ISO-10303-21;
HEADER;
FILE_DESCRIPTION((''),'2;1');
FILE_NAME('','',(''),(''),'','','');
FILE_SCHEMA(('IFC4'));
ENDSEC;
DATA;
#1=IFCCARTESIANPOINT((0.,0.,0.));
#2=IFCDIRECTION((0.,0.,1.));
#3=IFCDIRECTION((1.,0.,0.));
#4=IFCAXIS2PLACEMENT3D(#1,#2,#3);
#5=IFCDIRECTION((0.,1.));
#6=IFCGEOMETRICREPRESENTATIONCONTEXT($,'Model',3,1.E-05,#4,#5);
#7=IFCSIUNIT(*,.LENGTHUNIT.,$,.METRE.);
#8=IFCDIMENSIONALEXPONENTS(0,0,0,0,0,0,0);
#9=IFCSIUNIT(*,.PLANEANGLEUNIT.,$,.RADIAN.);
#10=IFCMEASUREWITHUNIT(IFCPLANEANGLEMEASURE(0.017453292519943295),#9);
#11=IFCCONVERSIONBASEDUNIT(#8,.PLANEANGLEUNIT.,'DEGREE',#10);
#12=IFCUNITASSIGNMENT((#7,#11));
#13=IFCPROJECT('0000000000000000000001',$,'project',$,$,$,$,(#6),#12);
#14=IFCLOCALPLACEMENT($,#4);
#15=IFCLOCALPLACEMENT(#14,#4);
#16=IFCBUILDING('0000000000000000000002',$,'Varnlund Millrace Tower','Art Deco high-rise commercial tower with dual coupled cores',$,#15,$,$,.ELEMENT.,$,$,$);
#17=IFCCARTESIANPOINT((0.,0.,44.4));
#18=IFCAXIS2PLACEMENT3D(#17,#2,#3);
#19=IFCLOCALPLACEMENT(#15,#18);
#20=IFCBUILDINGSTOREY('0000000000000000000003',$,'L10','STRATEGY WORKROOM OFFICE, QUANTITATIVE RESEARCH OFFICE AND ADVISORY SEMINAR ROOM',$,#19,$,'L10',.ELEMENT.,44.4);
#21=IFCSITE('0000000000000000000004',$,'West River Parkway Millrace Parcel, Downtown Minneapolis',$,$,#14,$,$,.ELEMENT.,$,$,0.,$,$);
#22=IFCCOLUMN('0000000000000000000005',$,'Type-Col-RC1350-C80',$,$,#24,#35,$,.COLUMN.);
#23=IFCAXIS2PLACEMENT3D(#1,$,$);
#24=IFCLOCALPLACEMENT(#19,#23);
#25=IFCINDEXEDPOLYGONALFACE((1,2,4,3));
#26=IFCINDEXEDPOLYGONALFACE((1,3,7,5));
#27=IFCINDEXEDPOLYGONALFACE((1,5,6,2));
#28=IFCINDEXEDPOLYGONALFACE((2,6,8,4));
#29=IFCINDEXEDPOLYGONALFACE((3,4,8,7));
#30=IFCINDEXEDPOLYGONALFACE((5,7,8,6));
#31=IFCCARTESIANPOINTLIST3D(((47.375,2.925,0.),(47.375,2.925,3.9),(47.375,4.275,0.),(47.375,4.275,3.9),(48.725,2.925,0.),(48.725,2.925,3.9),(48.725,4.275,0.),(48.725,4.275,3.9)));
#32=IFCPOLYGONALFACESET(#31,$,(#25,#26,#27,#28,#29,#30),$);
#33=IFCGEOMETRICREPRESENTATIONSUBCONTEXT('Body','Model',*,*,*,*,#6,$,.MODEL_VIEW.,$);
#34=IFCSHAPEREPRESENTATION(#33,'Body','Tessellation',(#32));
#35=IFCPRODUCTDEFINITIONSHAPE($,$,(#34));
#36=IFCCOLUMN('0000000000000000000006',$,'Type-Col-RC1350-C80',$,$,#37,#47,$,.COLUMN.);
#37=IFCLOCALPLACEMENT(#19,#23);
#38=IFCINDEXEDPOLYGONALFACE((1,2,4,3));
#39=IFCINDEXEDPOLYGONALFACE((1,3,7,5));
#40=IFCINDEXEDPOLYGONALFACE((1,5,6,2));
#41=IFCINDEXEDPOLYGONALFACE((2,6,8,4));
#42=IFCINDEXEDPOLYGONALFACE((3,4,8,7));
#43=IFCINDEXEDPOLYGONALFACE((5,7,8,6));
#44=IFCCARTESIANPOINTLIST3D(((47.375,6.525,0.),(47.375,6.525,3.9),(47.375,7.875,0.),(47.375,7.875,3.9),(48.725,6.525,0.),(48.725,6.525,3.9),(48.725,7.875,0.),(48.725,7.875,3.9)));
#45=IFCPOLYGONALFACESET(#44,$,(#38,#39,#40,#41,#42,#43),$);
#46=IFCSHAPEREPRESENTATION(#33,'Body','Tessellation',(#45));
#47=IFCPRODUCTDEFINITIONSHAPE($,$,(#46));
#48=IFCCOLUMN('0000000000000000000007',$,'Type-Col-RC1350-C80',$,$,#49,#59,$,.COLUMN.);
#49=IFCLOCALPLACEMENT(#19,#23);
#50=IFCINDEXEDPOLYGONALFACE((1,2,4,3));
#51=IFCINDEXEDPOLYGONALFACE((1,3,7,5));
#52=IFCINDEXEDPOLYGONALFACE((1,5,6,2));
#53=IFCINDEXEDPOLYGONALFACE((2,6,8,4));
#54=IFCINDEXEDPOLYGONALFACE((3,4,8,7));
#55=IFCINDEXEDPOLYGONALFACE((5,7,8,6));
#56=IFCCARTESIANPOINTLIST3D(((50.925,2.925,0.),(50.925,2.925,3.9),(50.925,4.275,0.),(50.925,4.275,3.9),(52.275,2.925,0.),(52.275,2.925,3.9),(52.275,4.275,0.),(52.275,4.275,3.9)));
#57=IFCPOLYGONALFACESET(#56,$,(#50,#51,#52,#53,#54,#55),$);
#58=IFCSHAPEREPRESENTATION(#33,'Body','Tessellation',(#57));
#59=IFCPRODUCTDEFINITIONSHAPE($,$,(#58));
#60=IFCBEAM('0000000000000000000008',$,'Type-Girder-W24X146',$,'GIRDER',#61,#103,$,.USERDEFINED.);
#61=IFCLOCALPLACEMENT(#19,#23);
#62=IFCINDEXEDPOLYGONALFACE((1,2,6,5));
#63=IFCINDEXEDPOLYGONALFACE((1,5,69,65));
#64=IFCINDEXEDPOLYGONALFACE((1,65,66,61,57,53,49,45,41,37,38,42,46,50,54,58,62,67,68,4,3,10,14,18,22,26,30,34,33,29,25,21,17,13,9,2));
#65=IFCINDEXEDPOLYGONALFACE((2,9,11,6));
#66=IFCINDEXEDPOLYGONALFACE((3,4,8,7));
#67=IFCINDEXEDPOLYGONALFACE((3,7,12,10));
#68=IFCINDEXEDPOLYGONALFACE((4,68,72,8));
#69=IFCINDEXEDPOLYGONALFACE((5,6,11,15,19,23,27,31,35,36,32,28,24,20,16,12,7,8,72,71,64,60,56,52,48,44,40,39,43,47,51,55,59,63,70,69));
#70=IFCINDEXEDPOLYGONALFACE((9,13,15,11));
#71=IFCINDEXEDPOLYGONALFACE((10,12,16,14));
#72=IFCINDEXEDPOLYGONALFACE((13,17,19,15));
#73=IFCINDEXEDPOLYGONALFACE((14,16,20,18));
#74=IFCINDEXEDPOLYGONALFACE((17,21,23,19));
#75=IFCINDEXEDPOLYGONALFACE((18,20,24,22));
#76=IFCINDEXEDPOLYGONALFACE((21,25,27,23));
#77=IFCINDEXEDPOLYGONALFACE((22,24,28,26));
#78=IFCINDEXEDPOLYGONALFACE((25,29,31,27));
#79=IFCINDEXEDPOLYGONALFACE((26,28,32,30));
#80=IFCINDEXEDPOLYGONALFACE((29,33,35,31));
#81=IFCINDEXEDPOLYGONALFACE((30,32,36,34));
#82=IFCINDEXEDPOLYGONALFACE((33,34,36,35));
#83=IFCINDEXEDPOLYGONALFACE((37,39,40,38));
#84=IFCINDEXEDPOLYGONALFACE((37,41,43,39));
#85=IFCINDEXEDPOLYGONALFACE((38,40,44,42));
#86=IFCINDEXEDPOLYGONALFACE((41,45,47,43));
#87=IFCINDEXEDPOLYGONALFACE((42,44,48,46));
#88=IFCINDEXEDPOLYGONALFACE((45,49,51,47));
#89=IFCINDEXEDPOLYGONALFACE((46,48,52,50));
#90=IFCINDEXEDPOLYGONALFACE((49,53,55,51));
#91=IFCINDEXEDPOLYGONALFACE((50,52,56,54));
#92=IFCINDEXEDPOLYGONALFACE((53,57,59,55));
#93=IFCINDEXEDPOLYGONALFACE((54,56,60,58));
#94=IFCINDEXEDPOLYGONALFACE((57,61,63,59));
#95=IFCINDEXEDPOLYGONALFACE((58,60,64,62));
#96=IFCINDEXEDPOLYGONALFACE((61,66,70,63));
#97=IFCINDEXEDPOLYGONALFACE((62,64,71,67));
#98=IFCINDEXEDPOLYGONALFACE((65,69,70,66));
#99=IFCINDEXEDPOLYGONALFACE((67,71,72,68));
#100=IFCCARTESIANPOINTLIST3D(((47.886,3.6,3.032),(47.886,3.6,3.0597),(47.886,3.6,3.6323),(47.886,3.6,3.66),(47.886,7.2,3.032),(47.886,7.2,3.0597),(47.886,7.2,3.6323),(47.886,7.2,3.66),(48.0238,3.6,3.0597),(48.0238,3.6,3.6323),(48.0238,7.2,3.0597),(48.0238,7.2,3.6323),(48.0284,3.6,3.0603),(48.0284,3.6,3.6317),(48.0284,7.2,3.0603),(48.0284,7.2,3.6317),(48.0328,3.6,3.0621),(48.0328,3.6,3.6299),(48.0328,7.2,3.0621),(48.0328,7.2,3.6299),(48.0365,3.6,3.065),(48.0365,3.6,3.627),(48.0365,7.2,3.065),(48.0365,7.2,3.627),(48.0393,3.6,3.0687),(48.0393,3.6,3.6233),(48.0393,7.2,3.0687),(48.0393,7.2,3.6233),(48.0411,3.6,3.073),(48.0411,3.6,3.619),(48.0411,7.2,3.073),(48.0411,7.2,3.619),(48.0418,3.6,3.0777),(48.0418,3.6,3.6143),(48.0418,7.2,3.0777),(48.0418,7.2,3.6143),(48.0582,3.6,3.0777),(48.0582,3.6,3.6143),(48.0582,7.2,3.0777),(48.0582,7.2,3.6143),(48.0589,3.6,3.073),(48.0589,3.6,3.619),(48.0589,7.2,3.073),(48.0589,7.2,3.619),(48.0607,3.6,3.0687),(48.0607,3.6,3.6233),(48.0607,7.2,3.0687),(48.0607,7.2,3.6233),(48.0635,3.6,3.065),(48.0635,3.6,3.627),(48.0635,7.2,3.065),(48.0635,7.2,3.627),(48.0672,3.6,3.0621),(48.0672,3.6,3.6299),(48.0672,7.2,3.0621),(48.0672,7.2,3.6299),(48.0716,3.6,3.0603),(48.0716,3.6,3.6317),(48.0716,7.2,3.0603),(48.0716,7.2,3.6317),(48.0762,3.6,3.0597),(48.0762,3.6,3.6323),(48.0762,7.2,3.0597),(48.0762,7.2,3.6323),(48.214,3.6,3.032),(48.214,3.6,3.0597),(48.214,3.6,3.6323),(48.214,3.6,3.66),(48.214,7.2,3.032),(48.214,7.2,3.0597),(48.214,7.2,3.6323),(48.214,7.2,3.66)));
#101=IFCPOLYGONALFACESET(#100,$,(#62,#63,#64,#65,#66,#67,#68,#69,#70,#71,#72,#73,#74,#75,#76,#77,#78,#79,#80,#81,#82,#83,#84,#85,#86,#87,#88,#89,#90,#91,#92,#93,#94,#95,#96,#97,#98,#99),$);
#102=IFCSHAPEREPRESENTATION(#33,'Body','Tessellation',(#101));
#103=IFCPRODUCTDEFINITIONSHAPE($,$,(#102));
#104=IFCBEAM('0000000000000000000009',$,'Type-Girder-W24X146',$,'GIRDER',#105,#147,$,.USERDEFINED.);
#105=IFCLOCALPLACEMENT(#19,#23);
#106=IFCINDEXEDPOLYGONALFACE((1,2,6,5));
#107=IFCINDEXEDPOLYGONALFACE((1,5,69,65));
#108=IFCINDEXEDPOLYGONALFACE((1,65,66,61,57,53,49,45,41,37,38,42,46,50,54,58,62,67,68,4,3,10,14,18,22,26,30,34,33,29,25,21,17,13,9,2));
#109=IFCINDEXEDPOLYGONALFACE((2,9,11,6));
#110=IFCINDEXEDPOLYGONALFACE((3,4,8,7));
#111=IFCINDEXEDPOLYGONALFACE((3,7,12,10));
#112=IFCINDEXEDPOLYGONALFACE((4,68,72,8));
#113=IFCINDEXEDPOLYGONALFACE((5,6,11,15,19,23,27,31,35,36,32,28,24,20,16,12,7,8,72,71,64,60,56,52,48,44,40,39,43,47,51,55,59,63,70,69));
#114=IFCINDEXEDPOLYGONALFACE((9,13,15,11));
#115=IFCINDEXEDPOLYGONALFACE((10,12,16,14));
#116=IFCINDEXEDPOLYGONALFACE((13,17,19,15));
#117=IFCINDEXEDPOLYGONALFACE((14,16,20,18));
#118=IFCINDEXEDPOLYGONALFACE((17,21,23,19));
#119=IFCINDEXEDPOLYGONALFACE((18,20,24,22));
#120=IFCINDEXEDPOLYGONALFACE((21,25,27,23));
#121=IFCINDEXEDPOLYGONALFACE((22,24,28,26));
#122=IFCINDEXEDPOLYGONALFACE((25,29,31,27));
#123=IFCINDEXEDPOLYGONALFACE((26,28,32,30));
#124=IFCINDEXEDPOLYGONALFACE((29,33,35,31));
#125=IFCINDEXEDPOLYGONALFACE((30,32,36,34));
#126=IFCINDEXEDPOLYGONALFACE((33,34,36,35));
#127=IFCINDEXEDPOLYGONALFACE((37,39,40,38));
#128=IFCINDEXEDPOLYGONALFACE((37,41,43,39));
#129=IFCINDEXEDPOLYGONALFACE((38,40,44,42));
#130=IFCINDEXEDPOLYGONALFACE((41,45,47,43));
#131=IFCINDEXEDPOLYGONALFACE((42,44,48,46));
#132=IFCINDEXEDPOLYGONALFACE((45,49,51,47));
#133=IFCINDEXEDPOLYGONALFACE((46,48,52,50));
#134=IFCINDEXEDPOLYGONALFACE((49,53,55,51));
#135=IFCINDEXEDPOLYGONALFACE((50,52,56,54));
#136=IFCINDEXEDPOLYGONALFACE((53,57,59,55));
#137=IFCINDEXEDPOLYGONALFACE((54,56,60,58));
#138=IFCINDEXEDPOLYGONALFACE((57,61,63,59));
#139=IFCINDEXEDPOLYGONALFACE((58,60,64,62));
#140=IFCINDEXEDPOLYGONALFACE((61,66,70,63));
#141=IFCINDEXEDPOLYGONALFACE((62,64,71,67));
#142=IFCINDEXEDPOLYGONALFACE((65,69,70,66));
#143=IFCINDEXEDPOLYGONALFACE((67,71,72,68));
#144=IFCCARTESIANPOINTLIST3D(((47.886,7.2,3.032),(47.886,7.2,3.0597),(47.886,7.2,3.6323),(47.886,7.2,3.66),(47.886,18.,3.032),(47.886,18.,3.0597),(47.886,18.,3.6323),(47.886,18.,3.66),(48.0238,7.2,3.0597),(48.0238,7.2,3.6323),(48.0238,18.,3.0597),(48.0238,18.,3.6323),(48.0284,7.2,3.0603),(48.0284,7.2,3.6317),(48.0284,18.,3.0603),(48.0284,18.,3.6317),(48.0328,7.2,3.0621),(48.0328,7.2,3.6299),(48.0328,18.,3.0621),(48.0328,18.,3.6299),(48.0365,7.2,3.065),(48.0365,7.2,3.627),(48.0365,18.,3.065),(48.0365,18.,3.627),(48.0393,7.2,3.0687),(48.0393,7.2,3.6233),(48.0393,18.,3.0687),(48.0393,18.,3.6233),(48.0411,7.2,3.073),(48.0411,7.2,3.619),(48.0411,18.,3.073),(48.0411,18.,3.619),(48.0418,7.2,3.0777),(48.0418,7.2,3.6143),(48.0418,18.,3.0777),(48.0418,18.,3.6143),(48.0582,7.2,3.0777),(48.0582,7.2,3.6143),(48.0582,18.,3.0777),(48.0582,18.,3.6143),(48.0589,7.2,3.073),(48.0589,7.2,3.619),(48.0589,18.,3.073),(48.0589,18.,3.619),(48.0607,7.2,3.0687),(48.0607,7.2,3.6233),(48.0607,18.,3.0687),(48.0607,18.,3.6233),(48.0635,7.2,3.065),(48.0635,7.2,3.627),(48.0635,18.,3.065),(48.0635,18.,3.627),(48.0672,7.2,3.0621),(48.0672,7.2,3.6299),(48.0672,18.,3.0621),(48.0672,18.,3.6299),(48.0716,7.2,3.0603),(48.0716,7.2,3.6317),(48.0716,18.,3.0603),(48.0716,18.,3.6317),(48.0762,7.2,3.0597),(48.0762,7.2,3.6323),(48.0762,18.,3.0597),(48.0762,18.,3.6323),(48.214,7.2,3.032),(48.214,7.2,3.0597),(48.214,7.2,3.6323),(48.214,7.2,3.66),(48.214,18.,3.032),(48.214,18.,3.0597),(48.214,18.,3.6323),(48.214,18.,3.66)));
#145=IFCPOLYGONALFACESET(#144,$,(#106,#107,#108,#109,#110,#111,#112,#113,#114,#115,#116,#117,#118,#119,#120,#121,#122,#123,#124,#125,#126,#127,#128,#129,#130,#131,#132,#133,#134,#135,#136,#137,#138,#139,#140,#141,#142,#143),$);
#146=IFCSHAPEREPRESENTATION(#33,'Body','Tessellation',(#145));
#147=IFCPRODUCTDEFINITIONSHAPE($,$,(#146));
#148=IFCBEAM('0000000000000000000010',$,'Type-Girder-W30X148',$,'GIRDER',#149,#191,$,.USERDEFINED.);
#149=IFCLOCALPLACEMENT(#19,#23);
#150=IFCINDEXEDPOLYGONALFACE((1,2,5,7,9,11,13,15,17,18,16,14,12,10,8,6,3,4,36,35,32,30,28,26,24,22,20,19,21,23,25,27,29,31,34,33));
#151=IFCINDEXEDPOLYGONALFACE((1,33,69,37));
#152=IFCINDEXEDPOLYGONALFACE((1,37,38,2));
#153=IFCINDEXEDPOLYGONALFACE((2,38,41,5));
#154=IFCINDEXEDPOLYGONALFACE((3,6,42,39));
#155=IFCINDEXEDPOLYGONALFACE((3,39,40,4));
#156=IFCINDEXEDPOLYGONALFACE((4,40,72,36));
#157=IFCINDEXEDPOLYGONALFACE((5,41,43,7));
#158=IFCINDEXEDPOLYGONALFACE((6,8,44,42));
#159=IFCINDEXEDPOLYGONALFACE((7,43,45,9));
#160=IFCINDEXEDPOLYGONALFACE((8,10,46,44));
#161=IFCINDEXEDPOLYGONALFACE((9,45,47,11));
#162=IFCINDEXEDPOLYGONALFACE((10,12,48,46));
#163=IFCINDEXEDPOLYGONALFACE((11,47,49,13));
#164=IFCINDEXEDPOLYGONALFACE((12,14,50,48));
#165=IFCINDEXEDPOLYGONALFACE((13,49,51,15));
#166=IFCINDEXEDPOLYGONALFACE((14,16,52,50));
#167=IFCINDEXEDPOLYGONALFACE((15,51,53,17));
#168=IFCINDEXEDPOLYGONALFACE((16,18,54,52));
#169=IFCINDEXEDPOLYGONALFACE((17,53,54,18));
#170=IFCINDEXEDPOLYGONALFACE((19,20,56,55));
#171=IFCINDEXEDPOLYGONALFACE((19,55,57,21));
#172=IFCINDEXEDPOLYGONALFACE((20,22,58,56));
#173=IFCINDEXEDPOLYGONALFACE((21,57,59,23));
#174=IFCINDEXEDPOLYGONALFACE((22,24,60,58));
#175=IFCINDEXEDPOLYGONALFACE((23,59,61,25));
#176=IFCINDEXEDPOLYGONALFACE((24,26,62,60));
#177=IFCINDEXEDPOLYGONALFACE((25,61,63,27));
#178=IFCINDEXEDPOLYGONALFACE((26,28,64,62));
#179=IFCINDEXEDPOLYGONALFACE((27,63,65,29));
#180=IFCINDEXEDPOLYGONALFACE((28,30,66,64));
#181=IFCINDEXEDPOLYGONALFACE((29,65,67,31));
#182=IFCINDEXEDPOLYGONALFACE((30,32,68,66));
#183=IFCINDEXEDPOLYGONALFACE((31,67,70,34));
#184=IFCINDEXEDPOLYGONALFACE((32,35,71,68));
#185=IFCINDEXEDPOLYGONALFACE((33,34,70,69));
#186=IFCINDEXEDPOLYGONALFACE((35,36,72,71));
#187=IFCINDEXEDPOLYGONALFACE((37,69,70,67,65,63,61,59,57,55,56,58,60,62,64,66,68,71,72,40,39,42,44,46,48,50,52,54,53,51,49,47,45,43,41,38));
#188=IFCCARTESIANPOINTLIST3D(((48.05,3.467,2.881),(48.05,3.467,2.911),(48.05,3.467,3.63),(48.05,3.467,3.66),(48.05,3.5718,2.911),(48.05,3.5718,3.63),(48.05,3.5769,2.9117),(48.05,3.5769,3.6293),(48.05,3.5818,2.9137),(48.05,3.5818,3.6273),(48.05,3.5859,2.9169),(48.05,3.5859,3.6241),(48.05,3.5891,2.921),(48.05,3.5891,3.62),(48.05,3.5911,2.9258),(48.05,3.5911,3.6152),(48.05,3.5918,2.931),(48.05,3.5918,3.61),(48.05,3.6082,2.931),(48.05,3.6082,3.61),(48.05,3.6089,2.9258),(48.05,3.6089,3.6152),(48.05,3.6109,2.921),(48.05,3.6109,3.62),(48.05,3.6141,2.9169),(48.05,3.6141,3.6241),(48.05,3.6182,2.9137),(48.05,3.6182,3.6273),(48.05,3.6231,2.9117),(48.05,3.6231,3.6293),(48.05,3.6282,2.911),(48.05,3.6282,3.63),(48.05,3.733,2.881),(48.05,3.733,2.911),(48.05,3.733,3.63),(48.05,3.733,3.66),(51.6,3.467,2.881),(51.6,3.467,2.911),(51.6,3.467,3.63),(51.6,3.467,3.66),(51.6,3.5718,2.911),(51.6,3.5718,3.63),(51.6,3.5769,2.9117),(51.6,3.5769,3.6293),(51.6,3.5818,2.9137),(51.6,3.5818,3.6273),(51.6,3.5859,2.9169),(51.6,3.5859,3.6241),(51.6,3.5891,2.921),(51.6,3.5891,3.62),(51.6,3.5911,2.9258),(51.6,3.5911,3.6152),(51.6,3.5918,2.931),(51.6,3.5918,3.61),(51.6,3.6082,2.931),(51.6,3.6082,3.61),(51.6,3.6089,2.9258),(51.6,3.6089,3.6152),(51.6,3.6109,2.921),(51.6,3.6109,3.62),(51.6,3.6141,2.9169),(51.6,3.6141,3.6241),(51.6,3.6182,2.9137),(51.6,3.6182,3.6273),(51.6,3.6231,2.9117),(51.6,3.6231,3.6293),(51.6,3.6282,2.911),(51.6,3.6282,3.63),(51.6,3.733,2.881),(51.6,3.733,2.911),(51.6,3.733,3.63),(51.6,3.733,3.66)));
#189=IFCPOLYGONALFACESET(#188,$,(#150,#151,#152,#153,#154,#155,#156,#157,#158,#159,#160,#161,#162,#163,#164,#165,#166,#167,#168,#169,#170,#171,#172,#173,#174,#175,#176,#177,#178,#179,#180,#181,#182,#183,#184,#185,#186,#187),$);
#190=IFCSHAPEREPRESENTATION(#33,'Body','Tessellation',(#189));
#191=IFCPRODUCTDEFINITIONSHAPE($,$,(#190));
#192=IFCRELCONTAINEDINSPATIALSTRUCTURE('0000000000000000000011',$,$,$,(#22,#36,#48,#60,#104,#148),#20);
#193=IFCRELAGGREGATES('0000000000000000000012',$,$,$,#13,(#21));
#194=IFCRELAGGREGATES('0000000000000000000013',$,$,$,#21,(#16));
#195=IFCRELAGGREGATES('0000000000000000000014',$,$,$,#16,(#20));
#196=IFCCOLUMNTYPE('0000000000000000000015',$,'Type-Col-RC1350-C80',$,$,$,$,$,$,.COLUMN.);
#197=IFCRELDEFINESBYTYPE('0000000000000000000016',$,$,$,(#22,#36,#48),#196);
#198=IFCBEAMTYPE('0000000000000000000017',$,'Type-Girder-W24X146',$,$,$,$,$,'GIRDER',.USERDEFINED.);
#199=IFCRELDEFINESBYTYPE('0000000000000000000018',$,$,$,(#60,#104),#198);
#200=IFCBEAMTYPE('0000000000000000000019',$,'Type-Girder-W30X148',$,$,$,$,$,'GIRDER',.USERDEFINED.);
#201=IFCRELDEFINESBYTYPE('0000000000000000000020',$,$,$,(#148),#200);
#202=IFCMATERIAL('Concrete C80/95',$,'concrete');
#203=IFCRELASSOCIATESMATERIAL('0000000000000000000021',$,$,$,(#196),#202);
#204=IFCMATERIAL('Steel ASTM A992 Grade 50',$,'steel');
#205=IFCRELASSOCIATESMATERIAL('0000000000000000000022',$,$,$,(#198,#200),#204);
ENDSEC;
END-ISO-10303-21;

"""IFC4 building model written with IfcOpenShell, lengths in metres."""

from ifc_helpers import new_model, entity, si_unit, converted_unit, direction, frame, origin_with_axes, origin_2d_with_axis, place, context, subcontext, project, spatial, rectangle, i_section, extrude, material, material_profile, profile_set, type_object, element, save


model = new_model("IFC4")

# Units and contexts
model_context = context("Model", 3, precision=1e-05, world=origin_with_axes(), true_north=direction((0.0, 1.0)))
body_context = subcontext(model_context, "Body", "Model", "MODEL_VIEW")
ifc_project = project(units=[si_unit("LENGTHUNIT", "METRE"), converted_unit("PLANEANGLEUNIT", "DEGREE", entity("IfcPlaneAngleMeasure", 0.017453292519943295), si_unit("PLANEANGLEUNIT", "RADIAN"), dimensions=[0, 0, 0, 0, 0, 0, 0])], contexts=[model_context])

# Site, building, storey
site_placement = place(None, origin_with_axes())
site = spatial("IfcSite", under=ifc_project, at=site_placement, Name="West River Parkway Millrace Parcel, Downtown Minneapolis", CompositionType="ELEMENT", RefElevation=0.0)
building_placement = place(site_placement, origin_with_axes())
building = spatial("IfcBuilding", under=site, at=building_placement, Name="Varnlund Millrace Tower", Description="Art Deco high-rise commercial tower with dual coupled cores", CompositionType="ELEMENT")
storey_placement = place(building_placement, frame((0.0, 0.0, 44.4), z_axis=(0.0, 0.0, 1.0), x_axis=(1.0, 0.0, 0.0)))
storey = spatial("IfcBuildingStorey", under=building, at=storey_placement, Name="L10", Description="STRATEGY WORKROOM OFFICE, QUANTITATIVE RESEARCH OFFICE AND ADVISORY SEMINAR ROOM", LongName="L10", CompositionType="ELEMENT", Elevation=44.4)

# Columns
ifc_material_1 = material(Name="Concrete C80/95", Category="concrete")
ifc_material_profile_1 = material_profile(ifc_material_1, rectangle(XDim=1.35, YDim=1.35, at=origin_2d_with_axis()), Name="Concrete C80/95")
ifc_profile_set_1 = profile_set([ifc_material_profile_1], Name="Concrete C80/95")
column_type = type_object("IfcColumnType", Name="Type-Col-RC1350-C80", PredefinedType="COLUMN", material=ifc_profile_set_1)
for number, where, z_axis, x_axis, name in (
    (1, (48.05, 3.6, 0.0), (0.0, 0.0, 1.0), (1.0, 0.0, 0.0), "Type-Col-RC1350-C80"),
    (2, (48.05, 7.2, 0.0), (0.0, 0.0, 1.0), (1.0, 0.0, 0.0), "Type-Col-RC1350-C80"),
    (3, (51.6, 3.6, 0.0), (0.0, 0.0, 1.0), (1.0, 0.0, 0.0), "Type-Col-RC1350-C80"),
):
    element("IfcColumn", number, at=place(storey_placement, frame(where, z_axis=z_axis, x_axis=x_axis)), inside=storey, type_object=column_type, Name=name, PredefinedType="COLUMN", context=body_context, shape_type="SweptSolid", body=[
        extrude(rectangle(XDim=1.35, YDim=1.35, at=origin_2d_with_axis()), origin_with_axes(), (0.0, 0.0, 1.0), 3.9),
    ])

# Beams
ifc_material_2 = material(Name="Steel ASTM A992 Grade 50", Category="steel")
ifc_material_profile_2 = material_profile(ifc_material_2, i_section(OverallWidth=0.328, OverallDepth=0.628, WebThickness=0.0165, FlangeThickness=0.0277, FilletRadius=0.018, at=origin_2d_with_axis()), Name="Steel ASTM A992 Grade 50")
ifc_profile_set_2 = profile_set([ifc_material_profile_2], Name="Steel ASTM A992 Grade 50")
beam_type_1 = type_object("IfcBeamType", Name="Type-Girder-W24X146", ElementType="GIRDER", PredefinedType="USERDEFINED", material=ifc_profile_set_2)
beam_1_placement = place(storey_placement, frame((48.05, 3.6, 3.346), z_axis=(0.0, 1.0, 0.0), x_axis=(-1.0, 0.0, 0.0)))
element("IfcBeam", 4, at=beam_1_placement, inside=storey, type_object=beam_type_1, Name="Type-Girder-W24X146", ObjectType="GIRDER", PredefinedType="USERDEFINED", context=body_context, shape_type="SweptSolid", body=[
    extrude(i_section(OverallWidth=0.328, OverallDepth=0.628, WebThickness=0.0165, FlangeThickness=0.0277, FilletRadius=0.018, at=origin_2d_with_axis()), origin_with_axes(), (0.0, 0.0, 1.0), 3.6),
])
beam_2_placement = place(storey_placement, frame((48.05, 7.2, 3.346), z_axis=(0.0, 1.0, 0.0), x_axis=(-1.0, 0.0, 0.0)))
element("IfcBeam", 5, at=beam_2_placement, inside=storey, type_object=beam_type_1, Name="Type-Girder-W24X146", ObjectType="GIRDER", PredefinedType="USERDEFINED", context=body_context, shape_type="SweptSolid", body=[
    extrude(i_section(OverallWidth=0.328, OverallDepth=0.628, WebThickness=0.0165, FlangeThickness=0.0277, FilletRadius=0.018, at=origin_2d_with_axis()), origin_with_axes(), (0.0, 0.0, 1.0), 10.8),
])
ifc_material_profile_3 = material_profile(ifc_material_2, i_section(OverallWidth=0.266, OverallDepth=0.779, WebThickness=0.0165, FlangeThickness=0.03, FilletRadius=0.02, at=origin_2d_with_axis()), Name="Steel ASTM A992 Grade 50")
ifc_profile_set_3 = profile_set([ifc_material_profile_3], Name="Steel ASTM A992 Grade 50")
beam_type_2 = type_object("IfcBeamType", Name="Type-Girder-W30X148", ElementType="GIRDER", PredefinedType="USERDEFINED", material=ifc_profile_set_3)
for number, where, z_axis, x_axis, name in (
    (6, (48.05, 3.6, 3.2705), (1.0, 0.0, 0.0), (0.0, 1.0, 0.0), "Type-Girder-W30X148"),
):
    element("IfcBeam", number, at=place(storey_placement, frame(where, z_axis=z_axis, x_axis=x_axis)), inside=storey, type_object=beam_type_2, Name=name, ObjectType="GIRDER", PredefinedType="USERDEFINED", context=body_context, shape_type="SweptSolid", body=[
        extrude(i_section(OverallWidth=0.266, OverallDepth=0.779, WebThickness=0.0165, FlangeThickness=0.03, FilletRadius=0.02, at=origin_2d_with_axis()), origin_with_axes(), (0.0, 0.0, 1.0), 3.55),
    ])

save(model, "model.ifc")
